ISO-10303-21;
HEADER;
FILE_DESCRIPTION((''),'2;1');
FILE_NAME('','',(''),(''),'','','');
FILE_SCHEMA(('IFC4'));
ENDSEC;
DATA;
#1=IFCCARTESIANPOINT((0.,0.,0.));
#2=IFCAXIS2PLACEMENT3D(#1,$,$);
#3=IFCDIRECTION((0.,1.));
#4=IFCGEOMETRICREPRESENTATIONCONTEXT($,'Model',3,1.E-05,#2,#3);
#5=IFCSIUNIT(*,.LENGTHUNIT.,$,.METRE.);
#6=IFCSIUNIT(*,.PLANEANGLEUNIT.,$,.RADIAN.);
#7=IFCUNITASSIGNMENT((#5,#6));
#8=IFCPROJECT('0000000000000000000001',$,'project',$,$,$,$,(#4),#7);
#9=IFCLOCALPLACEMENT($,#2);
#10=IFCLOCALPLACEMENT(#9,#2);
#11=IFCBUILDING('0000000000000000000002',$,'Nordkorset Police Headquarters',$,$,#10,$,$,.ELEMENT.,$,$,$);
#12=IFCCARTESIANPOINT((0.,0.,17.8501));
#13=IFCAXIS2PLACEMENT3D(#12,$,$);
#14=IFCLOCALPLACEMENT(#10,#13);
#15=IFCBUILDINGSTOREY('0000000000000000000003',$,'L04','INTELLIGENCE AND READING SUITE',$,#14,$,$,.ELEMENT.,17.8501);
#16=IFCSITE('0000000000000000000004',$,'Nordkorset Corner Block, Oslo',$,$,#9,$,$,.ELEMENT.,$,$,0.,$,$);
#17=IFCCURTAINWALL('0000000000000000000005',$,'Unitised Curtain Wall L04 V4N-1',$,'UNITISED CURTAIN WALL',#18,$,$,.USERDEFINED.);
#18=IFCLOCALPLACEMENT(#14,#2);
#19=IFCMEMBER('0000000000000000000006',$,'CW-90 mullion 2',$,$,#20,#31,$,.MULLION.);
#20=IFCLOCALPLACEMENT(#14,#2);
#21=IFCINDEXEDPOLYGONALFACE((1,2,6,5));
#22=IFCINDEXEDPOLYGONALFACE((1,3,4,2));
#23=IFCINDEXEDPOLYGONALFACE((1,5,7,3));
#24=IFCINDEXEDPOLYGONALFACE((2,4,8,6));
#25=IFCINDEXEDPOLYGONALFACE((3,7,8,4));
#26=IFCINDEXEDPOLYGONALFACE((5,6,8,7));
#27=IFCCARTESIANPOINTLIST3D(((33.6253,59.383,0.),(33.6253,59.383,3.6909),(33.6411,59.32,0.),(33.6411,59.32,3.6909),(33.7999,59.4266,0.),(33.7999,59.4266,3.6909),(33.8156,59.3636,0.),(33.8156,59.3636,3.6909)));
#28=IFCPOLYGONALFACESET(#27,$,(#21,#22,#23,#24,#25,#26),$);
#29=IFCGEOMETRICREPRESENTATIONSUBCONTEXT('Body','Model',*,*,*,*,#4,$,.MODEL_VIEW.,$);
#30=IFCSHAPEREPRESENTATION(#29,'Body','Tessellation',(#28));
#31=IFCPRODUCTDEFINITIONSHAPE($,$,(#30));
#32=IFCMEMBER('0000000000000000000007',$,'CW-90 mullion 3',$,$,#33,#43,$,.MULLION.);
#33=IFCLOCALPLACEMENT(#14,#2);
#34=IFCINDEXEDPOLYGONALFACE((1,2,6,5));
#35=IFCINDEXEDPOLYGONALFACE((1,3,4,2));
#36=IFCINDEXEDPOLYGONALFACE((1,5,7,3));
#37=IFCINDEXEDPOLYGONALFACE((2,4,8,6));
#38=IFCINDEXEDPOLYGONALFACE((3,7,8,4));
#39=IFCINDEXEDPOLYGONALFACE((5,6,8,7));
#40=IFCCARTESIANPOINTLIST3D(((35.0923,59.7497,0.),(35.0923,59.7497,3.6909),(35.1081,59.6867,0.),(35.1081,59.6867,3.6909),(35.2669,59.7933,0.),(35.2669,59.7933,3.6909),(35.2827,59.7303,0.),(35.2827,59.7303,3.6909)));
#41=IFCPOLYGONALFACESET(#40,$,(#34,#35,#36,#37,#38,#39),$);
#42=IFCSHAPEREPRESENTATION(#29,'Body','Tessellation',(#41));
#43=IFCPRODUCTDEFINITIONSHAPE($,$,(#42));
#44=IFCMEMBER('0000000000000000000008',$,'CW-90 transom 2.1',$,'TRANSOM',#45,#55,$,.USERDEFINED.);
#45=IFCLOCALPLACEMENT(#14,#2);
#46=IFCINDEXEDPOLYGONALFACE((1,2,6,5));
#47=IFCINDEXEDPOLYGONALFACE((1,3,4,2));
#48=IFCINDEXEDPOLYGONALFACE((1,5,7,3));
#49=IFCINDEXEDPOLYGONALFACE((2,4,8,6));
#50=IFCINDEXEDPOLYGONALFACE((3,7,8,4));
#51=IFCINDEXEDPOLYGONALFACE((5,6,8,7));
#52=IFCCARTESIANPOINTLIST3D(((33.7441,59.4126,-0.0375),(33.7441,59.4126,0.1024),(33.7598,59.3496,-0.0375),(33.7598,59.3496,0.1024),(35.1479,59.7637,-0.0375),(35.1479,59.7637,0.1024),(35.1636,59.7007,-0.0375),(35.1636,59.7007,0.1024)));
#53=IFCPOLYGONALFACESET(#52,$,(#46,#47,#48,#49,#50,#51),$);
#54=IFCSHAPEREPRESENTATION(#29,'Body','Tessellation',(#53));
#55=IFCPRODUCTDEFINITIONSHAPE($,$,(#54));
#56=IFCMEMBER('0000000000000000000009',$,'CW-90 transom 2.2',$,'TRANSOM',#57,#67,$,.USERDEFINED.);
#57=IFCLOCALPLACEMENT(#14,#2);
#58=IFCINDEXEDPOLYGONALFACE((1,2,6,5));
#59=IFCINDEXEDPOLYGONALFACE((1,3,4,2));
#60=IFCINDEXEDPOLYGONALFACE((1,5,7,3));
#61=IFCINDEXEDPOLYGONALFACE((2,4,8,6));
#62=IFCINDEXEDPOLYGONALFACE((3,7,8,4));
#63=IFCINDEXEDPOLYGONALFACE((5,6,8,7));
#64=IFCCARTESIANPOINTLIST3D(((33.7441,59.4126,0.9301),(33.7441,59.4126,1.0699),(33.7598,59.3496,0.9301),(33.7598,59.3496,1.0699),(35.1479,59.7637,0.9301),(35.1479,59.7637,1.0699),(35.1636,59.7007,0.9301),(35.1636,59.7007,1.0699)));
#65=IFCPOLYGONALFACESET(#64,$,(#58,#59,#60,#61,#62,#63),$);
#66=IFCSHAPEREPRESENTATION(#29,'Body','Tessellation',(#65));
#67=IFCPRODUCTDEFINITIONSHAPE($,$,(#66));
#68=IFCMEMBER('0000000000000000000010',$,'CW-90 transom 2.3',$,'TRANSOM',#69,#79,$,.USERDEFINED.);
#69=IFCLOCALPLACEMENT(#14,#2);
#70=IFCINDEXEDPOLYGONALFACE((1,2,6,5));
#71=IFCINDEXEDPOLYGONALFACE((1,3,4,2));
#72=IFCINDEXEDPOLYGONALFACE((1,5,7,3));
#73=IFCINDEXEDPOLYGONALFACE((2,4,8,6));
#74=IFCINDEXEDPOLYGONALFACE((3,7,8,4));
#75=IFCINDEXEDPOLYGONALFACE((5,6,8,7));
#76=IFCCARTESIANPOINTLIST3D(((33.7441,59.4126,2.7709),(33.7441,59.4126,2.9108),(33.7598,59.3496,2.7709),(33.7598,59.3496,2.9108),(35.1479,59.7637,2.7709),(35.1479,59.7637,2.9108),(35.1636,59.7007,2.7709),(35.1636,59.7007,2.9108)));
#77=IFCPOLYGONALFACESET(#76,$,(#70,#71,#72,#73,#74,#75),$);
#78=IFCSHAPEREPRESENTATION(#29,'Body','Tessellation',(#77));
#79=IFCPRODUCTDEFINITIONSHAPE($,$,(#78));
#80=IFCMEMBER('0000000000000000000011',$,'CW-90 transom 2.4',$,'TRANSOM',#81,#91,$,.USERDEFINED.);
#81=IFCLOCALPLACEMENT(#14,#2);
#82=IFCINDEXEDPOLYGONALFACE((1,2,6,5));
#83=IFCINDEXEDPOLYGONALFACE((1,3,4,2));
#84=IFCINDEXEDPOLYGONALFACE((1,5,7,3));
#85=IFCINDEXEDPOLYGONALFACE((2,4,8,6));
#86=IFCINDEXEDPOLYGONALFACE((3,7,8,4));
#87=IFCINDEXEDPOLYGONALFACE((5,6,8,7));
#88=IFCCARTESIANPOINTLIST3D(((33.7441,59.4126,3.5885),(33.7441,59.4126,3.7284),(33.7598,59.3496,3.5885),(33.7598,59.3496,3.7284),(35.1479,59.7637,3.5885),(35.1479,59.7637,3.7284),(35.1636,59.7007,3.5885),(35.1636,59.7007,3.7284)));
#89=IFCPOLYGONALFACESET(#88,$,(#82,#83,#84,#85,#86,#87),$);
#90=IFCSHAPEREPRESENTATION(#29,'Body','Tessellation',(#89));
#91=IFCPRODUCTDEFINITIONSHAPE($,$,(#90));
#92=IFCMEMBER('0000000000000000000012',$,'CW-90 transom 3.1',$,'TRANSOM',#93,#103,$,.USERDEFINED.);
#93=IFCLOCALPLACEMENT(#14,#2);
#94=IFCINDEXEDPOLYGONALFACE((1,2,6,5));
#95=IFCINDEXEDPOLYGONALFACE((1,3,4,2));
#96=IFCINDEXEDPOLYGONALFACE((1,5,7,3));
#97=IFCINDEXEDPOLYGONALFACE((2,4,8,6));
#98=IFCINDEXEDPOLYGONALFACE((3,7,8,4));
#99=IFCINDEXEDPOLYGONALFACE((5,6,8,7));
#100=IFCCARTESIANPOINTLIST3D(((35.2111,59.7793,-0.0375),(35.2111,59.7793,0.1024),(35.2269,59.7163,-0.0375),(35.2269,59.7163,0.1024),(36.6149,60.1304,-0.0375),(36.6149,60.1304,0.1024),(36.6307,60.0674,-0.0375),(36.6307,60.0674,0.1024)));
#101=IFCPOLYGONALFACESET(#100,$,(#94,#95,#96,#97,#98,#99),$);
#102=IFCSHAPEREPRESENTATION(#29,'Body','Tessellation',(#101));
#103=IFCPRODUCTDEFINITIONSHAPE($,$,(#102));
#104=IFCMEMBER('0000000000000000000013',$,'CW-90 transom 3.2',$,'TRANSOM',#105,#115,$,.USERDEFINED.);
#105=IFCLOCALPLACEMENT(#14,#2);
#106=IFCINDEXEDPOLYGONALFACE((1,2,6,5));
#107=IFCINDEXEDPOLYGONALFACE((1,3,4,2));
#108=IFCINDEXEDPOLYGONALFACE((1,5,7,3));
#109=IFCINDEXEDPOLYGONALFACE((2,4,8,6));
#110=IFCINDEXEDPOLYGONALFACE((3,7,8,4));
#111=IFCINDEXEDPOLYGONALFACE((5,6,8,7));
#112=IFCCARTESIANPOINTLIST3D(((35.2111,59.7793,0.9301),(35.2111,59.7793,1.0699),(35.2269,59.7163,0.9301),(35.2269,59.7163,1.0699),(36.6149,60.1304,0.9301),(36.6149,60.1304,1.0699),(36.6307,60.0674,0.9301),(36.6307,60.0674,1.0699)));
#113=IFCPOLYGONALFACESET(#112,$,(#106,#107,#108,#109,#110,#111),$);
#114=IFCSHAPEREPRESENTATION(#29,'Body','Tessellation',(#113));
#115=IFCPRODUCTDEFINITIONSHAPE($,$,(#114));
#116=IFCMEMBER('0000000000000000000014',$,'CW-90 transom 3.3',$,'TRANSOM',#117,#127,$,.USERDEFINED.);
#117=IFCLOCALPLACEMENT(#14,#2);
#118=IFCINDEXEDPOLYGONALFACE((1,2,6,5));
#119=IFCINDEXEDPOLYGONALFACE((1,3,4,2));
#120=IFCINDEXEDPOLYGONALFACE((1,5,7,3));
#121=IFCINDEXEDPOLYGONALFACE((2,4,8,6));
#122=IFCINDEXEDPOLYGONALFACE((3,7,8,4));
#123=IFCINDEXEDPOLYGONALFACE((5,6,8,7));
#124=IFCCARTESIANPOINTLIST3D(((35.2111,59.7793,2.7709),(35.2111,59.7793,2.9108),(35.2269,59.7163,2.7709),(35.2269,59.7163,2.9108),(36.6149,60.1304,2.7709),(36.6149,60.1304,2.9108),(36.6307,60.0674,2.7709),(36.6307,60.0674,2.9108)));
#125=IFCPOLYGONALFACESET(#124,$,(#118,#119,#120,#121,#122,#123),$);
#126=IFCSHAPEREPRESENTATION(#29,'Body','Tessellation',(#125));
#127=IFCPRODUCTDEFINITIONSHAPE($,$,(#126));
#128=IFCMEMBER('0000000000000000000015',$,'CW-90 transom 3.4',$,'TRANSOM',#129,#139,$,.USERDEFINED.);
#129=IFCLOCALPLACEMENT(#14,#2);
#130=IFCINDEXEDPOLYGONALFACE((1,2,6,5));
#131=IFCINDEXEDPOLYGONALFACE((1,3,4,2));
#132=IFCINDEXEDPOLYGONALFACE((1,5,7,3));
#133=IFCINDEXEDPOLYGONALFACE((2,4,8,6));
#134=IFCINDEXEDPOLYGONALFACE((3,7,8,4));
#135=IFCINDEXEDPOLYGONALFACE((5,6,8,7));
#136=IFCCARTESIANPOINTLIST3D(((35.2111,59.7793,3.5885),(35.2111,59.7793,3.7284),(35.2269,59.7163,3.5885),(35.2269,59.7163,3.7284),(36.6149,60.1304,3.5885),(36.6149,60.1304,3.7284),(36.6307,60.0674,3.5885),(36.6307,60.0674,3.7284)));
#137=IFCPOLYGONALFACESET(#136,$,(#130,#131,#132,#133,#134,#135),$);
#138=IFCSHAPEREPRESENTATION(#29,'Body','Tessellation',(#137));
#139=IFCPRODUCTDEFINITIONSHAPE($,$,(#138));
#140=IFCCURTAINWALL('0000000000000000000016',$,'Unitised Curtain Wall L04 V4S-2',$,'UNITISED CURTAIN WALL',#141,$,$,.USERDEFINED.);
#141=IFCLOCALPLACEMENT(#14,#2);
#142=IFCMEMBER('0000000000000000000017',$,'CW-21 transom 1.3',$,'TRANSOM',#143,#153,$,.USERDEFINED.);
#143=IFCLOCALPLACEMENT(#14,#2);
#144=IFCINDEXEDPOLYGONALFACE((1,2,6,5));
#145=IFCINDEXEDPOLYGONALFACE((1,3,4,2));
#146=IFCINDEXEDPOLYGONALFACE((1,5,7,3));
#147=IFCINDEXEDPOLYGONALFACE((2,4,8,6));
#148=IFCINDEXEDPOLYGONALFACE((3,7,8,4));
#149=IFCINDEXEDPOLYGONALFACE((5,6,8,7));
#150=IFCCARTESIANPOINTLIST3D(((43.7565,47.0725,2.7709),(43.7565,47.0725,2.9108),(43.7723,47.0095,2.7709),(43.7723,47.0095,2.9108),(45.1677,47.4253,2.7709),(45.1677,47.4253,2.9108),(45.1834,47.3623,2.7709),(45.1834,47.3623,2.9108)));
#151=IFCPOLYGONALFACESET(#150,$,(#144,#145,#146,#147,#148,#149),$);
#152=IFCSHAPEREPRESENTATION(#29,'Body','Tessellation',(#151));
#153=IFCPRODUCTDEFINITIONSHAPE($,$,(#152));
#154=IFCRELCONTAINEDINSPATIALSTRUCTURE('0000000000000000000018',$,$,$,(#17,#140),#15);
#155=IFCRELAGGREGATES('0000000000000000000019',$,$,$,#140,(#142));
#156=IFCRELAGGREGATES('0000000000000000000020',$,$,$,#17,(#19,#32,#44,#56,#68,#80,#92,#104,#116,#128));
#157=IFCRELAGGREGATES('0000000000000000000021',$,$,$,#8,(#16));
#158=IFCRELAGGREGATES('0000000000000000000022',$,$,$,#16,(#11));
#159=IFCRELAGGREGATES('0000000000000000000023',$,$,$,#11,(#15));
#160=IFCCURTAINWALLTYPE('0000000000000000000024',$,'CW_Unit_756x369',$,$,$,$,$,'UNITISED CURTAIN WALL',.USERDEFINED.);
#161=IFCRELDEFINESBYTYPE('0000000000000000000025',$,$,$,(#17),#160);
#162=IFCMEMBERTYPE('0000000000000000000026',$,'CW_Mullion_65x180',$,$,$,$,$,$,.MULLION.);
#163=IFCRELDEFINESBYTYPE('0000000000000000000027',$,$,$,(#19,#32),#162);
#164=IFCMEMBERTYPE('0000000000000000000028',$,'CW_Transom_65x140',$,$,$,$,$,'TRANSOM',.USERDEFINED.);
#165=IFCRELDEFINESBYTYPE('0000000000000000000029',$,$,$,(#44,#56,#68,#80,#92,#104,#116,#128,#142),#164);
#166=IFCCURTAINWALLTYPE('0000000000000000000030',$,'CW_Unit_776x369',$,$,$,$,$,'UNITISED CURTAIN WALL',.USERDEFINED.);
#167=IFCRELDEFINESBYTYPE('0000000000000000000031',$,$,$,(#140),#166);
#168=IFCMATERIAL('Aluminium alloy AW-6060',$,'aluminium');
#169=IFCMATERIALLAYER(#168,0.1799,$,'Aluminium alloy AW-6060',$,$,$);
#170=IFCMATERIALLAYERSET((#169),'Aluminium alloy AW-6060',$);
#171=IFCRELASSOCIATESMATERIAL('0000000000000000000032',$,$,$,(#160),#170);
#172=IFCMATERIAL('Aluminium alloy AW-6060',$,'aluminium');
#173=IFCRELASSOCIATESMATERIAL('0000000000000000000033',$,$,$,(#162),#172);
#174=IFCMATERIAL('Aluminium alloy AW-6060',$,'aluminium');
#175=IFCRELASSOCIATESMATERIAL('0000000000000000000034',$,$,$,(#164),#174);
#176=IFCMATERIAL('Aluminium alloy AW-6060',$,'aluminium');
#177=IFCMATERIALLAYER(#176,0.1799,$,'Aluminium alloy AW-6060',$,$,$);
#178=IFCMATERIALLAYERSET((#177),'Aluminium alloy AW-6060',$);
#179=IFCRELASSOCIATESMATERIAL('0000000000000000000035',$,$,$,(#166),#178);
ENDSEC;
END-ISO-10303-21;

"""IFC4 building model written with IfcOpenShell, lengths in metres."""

from ifc_helpers import new_model, si_unit, direction, frame, origin, origin_2d, place, context, subcontext, project, spatial, rectangle, extrude, material, layer, layer_set, material_profile, profile_set, type_object, element, aggregate, save


model = new_model("IFC4")

# Units and contexts
model_context = context("Model", 3, precision=1e-05, world=origin(), true_north=direction((0.0, 1.0)))
body_context = subcontext(model_context, "Body", "Model", "MODEL_VIEW")
ifc_project = project(units=[si_unit("LENGTHUNIT", "METRE"), si_unit("PLANEANGLEUNIT", "RADIAN")], contexts=[model_context])

# Site, building, storey
site_placement = place(None, origin())
site = spatial("IfcSite", under=ifc_project, at=site_placement, Name="Nordkorset Corner Block, Oslo", CompositionType="ELEMENT", RefElevation=0.0)
building_placement = place(site_placement, origin())
building = spatial("IfcBuilding", under=site, at=building_placement, Name="Nordkorset Police Headquarters", CompositionType="ELEMENT")
storey_placement = place(building_placement, frame((0.0, 0.0, 17.8501)))
storey = spatial("IfcBuildingStorey", under=building, at=storey_placement, Name="L04", Description="INTELLIGENCE AND READING SUITE", CompositionType="ELEMENT", Elevation=17.8501)

# Curtain wall, members
ifc_material_1 = material(Name="Aluminium alloy AW-6060", Category="aluminium")
ifc_layer_1 = layer(ifc_material_1, 0.1799, Name="Aluminium alloy AW-6060")
ifc_layer_set_1 = layer_set([ifc_layer_1], Name="Aluminium alloy AW-6060")
curtain_wall_type_1 = type_object("IfcCurtainWallType", Name="CW_Unit_756x369", ElementType="UNITISED CURTAIN WALL", PredefinedType="USERDEFINED", material=ifc_layer_set_1)
curtain_wall_1_placement = place(storey_placement, origin())
curtain_wall_1 = element("IfcCurtainWall", 1, at=curtain_wall_1_placement, inside=storey, type_object=curtain_wall_type_1, Name="Unitised Curtain Wall L04 V4N-1", ObjectType="UNITISED CURTAIN WALL", PredefinedType="USERDEFINED")
ifc_material_2 = material(Name="Aluminium alloy AW-6060", Category="aluminium")
ifc_material_profile_1 = material_profile(ifc_material_2, rectangle(XDim=0.0649, YDim=0.1799, at=origin_2d()), Name="ALU MULL 65x180")
ifc_profile_set_1 = profile_set([ifc_material_profile_1], Name="Aluminium alloy AW-6060")
member_type_1 = type_object("IfcMemberType", Name="CW_Mullion_65x180", PredefinedType="MULLION", material=ifc_profile_set_1)
member_1_placement = place(storey_placement, frame((33.7205, 59.3733, 0.0), z_axis=(0.0, 0.0, 1.0), x_axis=(-0.242536, 0.970143, 0.0)))
member_1 = element("IfcMember", 2, at=member_1_placement, type_object=member_type_1, Name="CW-90 mullion 2", PredefinedType="MULLION", context=body_context, shape_type="SweptSolid", body=[
    extrude(rectangle(XDim=0.0649, YDim=0.1799, at=origin_2d()), origin(), (0.0, 0.0, 1.0), 3.6909),
])
member_2_placement = place(storey_placement, frame((35.1875, 59.74, 0.0), z_axis=(0.0, 0.0, 1.0), x_axis=(-0.242536, 0.970143, 0.0)))
member_2 = element("IfcMember", 3, at=member_2_placement, type_object=member_type_1, Name="CW-90 mullion 3", PredefinedType="MULLION", context=body_context, shape_type="SweptSolid", body=[
    extrude(rectangle(XDim=0.0649, YDim=0.1799, at=origin_2d()), origin(), (0.0, 0.0, 1.0), 3.6909),
])
ifc_material_3 = material(Name="Aluminium alloy AW-6060", Category="aluminium")
ifc_material_profile_2 = material_profile(ifc_material_3, rectangle(XDim=0.0649, YDim=0.1399, at=origin_2d()), Name="ALU TRAN 65x140")
ifc_profile_set_2 = profile_set([ifc_material_profile_2], Name="Aluminium alloy AW-6060")
member_type_2 = type_object("IfcMemberType", Name="CW_Transom_65x140", ElementType="TRANSOM", PredefinedType="USERDEFINED", material=ifc_profile_set_2)
member_3_placement = place(storey_placement, frame((33.752, 59.3811, 0.0325), z_axis=(0.970123, 0.242615, 0.0), x_axis=(-0.242615, 0.970123, 0.0)))
member_3 = element("IfcMember", 4, at=member_3_placement, type_object=member_type_2, Name="CW-90 transom 2.1", ObjectType="TRANSOM", PredefinedType="USERDEFINED", context=body_context, shape_type="SweptSolid", body=[
    extrude(rectangle(XDim=0.0649, YDim=0.1399, at=origin_2d()), origin(), (0.0, 0.0, 1.0), 1.447),
])
member_4_placement = place(storey_placement, frame((33.752, 59.3811, 1.0), z_axis=(0.970123, 0.242615, 0.0), x_axis=(-0.242615, 0.970123, 0.0)))
member_4 = element("IfcMember", 5, at=member_4_placement, type_object=member_type_2, Name="CW-90 transom 2.2", ObjectType="TRANSOM", PredefinedType="USERDEFINED", context=body_context, shape_type="SweptSolid", body=[
    extrude(rectangle(XDim=0.0649, YDim=0.1399, at=origin_2d()), origin(), (0.0, 0.0, 1.0), 1.447),
])
member_5_placement = place(storey_placement, frame((33.752, 59.3811, 2.8408), z_axis=(0.970123, 0.242615, 0.0), x_axis=(-0.242615, 0.970123, 0.0)))
member_5 = element("IfcMember", 6, at=member_5_placement, type_object=member_type_2, Name="CW-90 transom 2.3", ObjectType="TRANSOM", PredefinedType="USERDEFINED", context=body_context, shape_type="SweptSolid", body=[
    extrude(rectangle(XDim=0.0649, YDim=0.1399, at=origin_2d()), origin(), (0.0, 0.0, 1.0), 1.447),
])
member_6_placement = place(storey_placement, frame((33.752, 59.3811, 3.6584), z_axis=(0.970123, 0.242615, 0.0), x_axis=(-0.242615, 0.970123, 0.0)))
member_6 = element("IfcMember", 7, at=member_6_placement, type_object=member_type_2, Name="CW-90 transom 2.4", ObjectType="TRANSOM", PredefinedType="USERDEFINED", context=body_context, shape_type="SweptSolid", body=[
    extrude(rectangle(XDim=0.0649, YDim=0.1399, at=origin_2d()), origin(), (0.0, 0.0, 1.0), 1.447),
])
member_7_placement = place(storey_placement, frame((35.219, 59.7478, 0.0325), z_axis=(0.970123, 0.242615, 0.0), x_axis=(-0.242615, 0.970123, 0.0)))
member_7 = element("IfcMember", 8, at=member_7_placement, type_object=member_type_2, Name="CW-90 transom 3.1", ObjectType="TRANSOM", PredefinedType="USERDEFINED", context=body_context, shape_type="SweptSolid", body=[
    extrude(rectangle(XDim=0.0649, YDim=0.1399, at=origin_2d()), origin(), (0.0, 0.0, 1.0), 1.447),
])
member_8_placement = place(storey_placement, frame((35.219, 59.7478, 1.0), z_axis=(0.970123, 0.242615, 0.0), x_axis=(-0.242615, 0.970123, 0.0)))
member_8 = element("IfcMember", 9, at=member_8_placement, type_object=member_type_2, Name="CW-90 transom 3.2", ObjectType="TRANSOM", PredefinedType="USERDEFINED", context=body_context, shape_type="SweptSolid", body=[
    extrude(rectangle(XDim=0.0649, YDim=0.1399, at=origin_2d()), origin(), (0.0, 0.0, 1.0), 1.447),
])
member_9_placement = place(storey_placement, frame((35.219, 59.7478, 2.8408), z_axis=(0.970123, 0.242615, 0.0), x_axis=(-0.242615, 0.970123, 0.0)))
member_9 = element("IfcMember", 10, at=member_9_placement, type_object=member_type_2, Name="CW-90 transom 3.3", ObjectType="TRANSOM", PredefinedType="USERDEFINED", context=body_context, shape_type="SweptSolid", body=[
    extrude(rectangle(XDim=0.0649, YDim=0.1399, at=origin_2d()), origin(), (0.0, 0.0, 1.0), 1.447),
])
member_10_placement = place(storey_placement, frame((35.219, 59.7478, 3.6584), z_axis=(0.970123, 0.242615, 0.0), x_axis=(-0.242615, 0.970123, 0.0)))
member_10 = element("IfcMember", 11, at=member_10_placement, type_object=member_type_2, Name="CW-90 transom 3.4", ObjectType="TRANSOM", PredefinedType="USERDEFINED", context=body_context, shape_type="SweptSolid", body=[
    extrude(rectangle(XDim=0.0649, YDim=0.1399, at=origin_2d()), origin(), (0.0, 0.0, 1.0), 1.447),
])

# Curtain wall, member
ifc_material_4 = material(Name="Aluminium alloy AW-6060", Category="aluminium")
ifc_layer_2 = layer(ifc_material_4, 0.1799, Name="Aluminium alloy AW-6060")
ifc_layer_set_2 = layer_set([ifc_layer_2], Name="Aluminium alloy AW-6060")
curtain_wall_type_2 = type_object("IfcCurtainWallType", Name="CW_Unit_776x369", ElementType="UNITISED CURTAIN WALL", PredefinedType="USERDEFINED", material=ifc_layer_set_2)
curtain_wall_2_placement = place(storey_placement, origin())
curtain_wall_2 = element("IfcCurtainWall", 12, at=curtain_wall_2_placement, inside=storey, type_object=curtain_wall_type_2, Name="Unitised Curtain Wall L04 V4S-2", ObjectType="UNITISED CURTAIN WALL", PredefinedType="USERDEFINED")
member_11_placement = place(storey_placement, frame((43.7644, 47.041, 2.8408), z_axis=(0.970143, 0.242536, 0.0), x_axis=(-0.242536, 0.970143, 0.0)))
member_11 = element("IfcMember", 13, at=member_11_placement, type_object=member_type_2, Name="CW-21 transom 1.3", ObjectType="TRANSOM", PredefinedType="USERDEFINED", context=body_context, shape_type="SweptSolid", body=[
    extrude(rectangle(XDim=0.0649, YDim=0.1399, at=origin_2d()), origin(), (0.0, 0.0, 1.0), 1.4546),
])
aggregate(curtain_wall_2, [member_11])

aggregate(curtain_wall_1, [member_1, member_2, member_3, member_4, member_5, member_6, member_7, member_8, member_9, member_10])

save(model, "model.ifc")
